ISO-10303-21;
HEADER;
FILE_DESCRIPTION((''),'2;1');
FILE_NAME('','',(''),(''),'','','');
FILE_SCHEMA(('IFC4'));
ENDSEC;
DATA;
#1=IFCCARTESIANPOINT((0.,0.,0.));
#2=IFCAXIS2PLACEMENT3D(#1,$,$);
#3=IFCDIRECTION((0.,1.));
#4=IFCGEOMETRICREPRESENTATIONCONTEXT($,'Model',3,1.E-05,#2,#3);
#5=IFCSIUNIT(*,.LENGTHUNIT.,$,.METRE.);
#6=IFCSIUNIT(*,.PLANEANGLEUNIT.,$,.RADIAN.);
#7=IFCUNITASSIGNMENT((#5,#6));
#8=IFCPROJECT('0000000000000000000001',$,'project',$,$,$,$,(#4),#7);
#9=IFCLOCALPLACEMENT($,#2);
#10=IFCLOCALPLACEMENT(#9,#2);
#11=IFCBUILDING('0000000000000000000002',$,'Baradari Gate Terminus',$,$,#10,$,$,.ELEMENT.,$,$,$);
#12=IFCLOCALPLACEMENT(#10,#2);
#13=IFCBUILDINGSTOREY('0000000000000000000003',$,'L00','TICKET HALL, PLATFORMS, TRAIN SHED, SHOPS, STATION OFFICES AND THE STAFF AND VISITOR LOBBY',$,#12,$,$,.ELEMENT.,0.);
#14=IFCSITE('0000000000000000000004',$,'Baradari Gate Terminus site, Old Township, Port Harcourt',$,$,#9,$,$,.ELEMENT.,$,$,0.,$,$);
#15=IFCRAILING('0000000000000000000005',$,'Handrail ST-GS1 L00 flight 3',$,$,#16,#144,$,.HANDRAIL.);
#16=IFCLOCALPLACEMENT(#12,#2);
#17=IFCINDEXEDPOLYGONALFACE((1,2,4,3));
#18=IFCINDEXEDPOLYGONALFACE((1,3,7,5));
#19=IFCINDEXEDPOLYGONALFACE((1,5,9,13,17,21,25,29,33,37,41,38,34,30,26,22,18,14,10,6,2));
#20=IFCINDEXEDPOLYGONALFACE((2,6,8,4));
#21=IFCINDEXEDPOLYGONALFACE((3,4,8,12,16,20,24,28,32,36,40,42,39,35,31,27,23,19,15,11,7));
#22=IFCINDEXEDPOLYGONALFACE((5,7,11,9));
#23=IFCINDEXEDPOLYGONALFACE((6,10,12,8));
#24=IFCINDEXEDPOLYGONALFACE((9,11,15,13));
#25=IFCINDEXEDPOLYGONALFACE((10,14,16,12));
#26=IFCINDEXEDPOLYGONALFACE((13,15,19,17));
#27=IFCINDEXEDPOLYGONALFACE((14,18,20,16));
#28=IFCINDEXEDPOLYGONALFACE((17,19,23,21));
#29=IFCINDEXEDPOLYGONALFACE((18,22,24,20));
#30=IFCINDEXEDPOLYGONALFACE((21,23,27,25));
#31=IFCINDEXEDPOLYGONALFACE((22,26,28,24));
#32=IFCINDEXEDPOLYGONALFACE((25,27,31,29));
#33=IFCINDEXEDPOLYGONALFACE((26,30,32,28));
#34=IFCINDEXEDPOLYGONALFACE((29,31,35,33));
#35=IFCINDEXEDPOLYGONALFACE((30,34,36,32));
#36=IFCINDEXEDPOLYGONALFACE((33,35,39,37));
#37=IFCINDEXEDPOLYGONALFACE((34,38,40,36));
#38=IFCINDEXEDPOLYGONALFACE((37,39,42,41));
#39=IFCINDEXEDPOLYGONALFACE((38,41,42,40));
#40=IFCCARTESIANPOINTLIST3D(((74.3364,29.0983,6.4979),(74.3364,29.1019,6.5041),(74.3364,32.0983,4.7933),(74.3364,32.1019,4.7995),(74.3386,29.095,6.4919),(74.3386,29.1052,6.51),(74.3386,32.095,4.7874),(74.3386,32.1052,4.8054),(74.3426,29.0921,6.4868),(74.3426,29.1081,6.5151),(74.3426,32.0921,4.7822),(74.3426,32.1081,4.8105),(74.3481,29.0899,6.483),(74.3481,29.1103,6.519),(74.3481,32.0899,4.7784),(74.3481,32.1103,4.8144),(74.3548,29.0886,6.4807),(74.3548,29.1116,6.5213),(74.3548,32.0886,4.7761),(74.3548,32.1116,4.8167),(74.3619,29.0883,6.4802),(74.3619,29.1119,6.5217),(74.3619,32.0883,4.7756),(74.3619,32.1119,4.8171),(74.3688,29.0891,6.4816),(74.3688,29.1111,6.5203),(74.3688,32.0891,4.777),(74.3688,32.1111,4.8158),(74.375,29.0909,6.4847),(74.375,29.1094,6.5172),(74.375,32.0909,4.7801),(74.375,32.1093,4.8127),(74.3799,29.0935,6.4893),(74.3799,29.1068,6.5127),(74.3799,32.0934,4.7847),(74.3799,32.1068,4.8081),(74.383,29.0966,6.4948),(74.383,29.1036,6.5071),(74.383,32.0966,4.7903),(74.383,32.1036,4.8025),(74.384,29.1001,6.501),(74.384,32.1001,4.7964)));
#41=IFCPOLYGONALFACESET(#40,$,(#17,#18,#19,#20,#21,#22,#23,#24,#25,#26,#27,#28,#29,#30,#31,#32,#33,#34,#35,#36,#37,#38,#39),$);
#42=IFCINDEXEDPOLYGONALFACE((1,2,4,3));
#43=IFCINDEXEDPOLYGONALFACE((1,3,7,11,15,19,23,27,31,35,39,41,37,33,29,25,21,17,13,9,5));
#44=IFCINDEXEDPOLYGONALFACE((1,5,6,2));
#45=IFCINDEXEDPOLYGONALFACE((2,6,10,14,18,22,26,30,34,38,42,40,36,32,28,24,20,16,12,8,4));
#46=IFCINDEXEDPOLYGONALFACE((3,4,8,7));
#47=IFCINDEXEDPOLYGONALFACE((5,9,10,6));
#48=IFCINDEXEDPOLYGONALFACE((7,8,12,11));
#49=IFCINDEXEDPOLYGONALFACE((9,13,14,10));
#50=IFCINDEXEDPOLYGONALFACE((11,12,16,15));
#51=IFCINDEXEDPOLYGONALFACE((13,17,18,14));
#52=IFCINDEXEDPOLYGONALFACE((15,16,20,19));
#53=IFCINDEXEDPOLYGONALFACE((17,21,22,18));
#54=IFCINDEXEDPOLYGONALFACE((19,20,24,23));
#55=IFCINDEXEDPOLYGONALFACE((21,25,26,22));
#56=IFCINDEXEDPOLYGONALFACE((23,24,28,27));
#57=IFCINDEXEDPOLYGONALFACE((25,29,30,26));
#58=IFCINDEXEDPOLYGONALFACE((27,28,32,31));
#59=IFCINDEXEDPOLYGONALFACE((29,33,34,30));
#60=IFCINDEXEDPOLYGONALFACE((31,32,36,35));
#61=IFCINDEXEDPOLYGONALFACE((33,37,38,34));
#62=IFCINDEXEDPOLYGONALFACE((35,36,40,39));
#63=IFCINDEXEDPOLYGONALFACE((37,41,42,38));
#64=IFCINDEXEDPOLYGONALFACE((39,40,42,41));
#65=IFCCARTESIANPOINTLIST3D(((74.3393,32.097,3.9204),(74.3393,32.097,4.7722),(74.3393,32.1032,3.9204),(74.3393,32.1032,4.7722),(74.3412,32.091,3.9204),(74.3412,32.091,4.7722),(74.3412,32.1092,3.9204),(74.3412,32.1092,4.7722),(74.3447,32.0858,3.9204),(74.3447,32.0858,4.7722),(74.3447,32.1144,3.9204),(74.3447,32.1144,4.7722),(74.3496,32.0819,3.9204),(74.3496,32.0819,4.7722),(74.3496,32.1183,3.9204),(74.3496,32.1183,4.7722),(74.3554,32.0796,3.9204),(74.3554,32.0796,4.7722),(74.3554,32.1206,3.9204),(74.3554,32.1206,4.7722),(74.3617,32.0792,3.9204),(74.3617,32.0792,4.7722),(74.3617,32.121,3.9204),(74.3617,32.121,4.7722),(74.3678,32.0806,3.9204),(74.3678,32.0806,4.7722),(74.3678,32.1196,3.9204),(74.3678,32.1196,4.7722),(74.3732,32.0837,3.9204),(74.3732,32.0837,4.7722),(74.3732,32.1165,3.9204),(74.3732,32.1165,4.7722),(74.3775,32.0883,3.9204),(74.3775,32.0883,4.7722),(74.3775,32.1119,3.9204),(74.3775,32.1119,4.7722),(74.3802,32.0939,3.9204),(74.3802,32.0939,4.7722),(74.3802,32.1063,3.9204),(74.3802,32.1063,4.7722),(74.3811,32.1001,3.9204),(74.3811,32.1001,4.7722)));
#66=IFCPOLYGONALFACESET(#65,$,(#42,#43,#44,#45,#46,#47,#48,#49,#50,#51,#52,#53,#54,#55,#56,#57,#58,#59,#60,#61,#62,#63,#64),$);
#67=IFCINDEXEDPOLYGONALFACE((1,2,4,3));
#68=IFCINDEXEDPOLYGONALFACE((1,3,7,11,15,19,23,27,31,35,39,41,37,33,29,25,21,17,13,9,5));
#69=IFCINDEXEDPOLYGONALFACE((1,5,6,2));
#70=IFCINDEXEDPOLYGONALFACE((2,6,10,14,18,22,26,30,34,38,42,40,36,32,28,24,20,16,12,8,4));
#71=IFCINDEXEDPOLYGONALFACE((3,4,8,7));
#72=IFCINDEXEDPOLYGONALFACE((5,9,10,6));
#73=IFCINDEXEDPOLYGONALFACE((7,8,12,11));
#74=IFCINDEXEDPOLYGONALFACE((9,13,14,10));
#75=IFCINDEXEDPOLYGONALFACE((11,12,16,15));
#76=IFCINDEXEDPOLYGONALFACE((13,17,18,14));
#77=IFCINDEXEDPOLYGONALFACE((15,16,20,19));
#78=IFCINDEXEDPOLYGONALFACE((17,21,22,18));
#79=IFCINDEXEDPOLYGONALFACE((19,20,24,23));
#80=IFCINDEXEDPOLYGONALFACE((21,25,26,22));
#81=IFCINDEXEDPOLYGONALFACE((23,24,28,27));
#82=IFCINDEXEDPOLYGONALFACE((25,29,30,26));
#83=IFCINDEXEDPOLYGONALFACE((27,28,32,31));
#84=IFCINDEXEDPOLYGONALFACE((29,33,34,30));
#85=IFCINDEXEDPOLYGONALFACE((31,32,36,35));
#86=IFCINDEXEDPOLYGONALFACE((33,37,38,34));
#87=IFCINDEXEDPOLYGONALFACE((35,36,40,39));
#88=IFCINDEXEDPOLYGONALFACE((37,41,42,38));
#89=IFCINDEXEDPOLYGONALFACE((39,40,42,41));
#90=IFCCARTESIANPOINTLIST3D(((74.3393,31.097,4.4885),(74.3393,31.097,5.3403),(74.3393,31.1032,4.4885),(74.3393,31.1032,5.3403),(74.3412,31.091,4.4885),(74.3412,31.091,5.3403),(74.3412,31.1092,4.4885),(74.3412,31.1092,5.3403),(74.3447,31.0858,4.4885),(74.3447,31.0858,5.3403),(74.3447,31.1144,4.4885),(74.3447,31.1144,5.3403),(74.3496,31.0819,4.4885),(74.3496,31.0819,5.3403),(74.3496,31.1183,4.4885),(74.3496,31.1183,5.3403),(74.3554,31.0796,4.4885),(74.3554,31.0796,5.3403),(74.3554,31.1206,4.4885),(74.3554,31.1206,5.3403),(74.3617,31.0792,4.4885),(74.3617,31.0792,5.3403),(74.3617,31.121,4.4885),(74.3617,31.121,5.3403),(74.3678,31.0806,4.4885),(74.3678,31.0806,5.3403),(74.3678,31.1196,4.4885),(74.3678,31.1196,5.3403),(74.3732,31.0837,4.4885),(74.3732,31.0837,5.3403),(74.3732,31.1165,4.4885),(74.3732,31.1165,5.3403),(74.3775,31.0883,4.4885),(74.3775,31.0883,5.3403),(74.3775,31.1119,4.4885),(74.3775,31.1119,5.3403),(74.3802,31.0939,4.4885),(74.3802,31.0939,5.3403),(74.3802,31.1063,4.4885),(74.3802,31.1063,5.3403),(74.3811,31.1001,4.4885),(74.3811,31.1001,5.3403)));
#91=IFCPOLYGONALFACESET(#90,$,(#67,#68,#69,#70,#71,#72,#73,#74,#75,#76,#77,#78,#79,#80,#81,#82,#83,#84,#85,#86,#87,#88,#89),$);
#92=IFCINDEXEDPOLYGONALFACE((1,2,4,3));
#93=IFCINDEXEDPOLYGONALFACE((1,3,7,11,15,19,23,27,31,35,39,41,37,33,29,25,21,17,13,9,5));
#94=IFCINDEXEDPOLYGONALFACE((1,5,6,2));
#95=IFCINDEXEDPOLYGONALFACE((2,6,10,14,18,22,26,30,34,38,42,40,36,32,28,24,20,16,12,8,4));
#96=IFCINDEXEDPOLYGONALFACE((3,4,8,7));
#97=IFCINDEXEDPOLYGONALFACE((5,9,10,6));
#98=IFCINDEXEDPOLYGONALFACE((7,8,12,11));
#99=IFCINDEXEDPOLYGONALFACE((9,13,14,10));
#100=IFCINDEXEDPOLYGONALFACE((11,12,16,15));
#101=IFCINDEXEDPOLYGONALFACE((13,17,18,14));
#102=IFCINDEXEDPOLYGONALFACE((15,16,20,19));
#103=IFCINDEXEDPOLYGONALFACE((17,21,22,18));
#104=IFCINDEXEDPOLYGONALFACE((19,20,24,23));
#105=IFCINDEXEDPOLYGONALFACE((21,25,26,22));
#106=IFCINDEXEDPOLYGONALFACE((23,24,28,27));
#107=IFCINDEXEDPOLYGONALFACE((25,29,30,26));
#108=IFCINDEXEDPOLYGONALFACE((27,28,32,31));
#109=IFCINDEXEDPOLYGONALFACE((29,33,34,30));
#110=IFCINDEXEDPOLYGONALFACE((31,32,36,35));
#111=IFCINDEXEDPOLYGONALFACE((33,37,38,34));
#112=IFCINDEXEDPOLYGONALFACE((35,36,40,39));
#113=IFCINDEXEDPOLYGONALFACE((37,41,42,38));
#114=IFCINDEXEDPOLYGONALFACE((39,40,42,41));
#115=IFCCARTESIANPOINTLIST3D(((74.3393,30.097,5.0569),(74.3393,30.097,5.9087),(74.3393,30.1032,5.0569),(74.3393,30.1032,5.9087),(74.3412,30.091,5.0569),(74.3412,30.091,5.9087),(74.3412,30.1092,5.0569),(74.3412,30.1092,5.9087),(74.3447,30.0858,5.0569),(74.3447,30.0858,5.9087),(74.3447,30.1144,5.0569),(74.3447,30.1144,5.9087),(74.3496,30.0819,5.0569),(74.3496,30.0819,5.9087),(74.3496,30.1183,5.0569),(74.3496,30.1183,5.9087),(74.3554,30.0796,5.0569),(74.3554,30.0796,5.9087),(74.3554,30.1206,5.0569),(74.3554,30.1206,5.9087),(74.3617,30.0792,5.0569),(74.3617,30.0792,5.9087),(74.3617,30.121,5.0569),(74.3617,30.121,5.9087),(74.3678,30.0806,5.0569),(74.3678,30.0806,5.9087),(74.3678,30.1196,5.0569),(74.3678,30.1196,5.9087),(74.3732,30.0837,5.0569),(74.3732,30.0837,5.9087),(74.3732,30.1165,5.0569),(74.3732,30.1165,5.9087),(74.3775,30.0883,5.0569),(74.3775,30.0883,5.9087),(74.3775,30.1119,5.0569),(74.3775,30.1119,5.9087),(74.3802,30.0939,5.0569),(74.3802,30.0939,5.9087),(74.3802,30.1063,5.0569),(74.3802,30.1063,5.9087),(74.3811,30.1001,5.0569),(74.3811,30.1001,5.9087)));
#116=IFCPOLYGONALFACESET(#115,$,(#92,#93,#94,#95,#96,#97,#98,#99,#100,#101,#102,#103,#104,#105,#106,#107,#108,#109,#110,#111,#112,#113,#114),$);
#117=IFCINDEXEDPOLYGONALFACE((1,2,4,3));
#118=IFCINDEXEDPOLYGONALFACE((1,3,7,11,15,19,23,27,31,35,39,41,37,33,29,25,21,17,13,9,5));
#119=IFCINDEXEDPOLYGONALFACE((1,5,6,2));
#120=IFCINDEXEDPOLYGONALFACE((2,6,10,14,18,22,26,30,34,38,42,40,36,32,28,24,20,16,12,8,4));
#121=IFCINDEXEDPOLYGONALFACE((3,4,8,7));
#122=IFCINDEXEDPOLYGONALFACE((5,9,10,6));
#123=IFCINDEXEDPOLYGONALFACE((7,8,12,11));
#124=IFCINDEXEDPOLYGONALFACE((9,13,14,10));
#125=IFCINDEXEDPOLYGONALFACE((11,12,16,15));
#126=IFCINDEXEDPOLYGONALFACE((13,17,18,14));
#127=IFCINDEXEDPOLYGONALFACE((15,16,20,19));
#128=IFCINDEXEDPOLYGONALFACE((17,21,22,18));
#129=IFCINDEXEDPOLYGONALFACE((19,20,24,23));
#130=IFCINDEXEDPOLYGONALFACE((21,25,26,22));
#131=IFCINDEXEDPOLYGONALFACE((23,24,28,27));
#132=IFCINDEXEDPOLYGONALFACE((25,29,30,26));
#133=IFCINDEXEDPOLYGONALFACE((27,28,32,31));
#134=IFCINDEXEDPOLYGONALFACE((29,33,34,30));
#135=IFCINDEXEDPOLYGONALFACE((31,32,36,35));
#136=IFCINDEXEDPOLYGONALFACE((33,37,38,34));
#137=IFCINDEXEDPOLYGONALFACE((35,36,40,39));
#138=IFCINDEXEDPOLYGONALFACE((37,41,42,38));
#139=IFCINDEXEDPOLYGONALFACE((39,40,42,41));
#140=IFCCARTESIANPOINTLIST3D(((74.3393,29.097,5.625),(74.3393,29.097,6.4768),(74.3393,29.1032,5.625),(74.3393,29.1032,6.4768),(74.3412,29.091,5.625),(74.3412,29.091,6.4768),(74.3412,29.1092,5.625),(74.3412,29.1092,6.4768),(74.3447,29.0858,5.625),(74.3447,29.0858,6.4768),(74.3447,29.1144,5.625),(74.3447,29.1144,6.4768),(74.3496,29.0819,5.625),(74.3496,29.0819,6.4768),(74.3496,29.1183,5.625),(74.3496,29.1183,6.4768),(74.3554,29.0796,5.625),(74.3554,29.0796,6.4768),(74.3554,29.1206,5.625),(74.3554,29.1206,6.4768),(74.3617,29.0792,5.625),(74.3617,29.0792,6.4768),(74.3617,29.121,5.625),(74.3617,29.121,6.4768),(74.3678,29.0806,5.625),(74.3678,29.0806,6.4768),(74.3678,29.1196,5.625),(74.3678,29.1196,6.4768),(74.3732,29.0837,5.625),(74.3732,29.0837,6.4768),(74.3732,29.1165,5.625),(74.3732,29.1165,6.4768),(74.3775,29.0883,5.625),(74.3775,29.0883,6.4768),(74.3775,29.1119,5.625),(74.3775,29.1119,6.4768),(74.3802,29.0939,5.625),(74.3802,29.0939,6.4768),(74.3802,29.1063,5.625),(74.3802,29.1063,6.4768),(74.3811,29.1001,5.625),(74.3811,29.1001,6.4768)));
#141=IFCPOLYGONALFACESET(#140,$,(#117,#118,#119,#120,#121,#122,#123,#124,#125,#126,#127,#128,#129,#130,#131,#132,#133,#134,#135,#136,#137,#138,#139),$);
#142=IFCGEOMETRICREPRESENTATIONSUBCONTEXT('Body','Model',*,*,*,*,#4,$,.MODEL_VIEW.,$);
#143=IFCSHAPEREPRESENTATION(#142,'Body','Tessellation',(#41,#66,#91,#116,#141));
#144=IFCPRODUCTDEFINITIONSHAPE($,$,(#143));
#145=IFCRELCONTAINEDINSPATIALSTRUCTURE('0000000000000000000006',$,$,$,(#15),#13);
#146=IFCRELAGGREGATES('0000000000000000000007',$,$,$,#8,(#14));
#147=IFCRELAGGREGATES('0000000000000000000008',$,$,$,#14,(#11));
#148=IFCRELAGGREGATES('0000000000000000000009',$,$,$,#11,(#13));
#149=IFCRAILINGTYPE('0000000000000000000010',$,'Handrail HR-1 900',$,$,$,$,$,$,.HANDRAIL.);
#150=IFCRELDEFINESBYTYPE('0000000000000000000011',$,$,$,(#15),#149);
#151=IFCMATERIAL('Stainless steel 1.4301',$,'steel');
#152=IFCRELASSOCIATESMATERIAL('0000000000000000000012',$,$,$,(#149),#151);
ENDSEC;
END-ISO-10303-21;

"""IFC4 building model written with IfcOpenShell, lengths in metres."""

from ifc_helpers import new_model, si_unit, direction, frame, origin, origin_2d, place, context, subcontext, project, spatial, circle, extrude, material, type_object, element, save


model = new_model("IFC4")

# Units and contexts
model_context = context("Model", 3, precision=1e-05, world=origin(), true_north=direction((0.0, 1.0)))
body_context = subcontext(model_context, "Body", "Model", "MODEL_VIEW")
ifc_project = project(units=[si_unit("LENGTHUNIT", "METRE"), si_unit("PLANEANGLEUNIT", "RADIAN")], contexts=[model_context])

# Site, building, storey
site_placement = place(None, origin())
site = spatial("IfcSite", under=ifc_project, at=site_placement, Name="Baradari Gate Terminus site, Old Township, Port Harcourt", CompositionType="ELEMENT", RefElevation=0.0)
building_placement = place(site_placement, origin())
building = spatial("IfcBuilding", under=site, at=building_placement, Name="Baradari Gate Terminus", CompositionType="ELEMENT")
storey_placement = place(building_placement, origin())
storey = spatial("IfcBuildingStorey", under=building, at=storey_placement, Name="L00", Description="TICKET HALL, PLATFORMS, TRAIN SHED, SHOPS, STATION OFFICES AND THE STAFF AND VISITOR LOBBY", CompositionType="ELEMENT", Elevation=0.0)

# Railing
ifc_material_1 = material(Name="Stainless steel 1.4301", Category="steel")
railing_type_1 = type_object("IfcRailingType", Name="Handrail HR-1 900", PredefinedType="HANDRAIL", material=ifc_material_1)
for number, where, name in (
    (1, (74.3601, 32.1001, 3.9204), "Handrail ST-GS1 L00 flight 3"),
):
    element("IfcRailing", number, at=place(storey_placement, frame(where)), inside=storey, type_object=railing_type_1, Name=name, PredefinedType="HANDRAIL", context=body_context, shape_type="SweptSolid", body=[
        extrude(circle(Radius=0.0239, at=origin_2d()), frame((0.0, 0.0, 0.876), z_axis=(0.0, -0.869451, 0.494019), x_axis=(1.0, 0.0, 0.0)), (0.0, 0.0, 1.0), 3.4504),
        extrude(circle(Radius=0.021, at=origin_2d()), origin(), (0.0, 0.0, 1.0), 0.8518),
        extrude(circle(Radius=0.021, at=origin_2d()), frame((0.0, -1.0, 0.5681)), (0.0, 0.0, 1.0), 0.8518),
        extrude(circle(Radius=0.021, at=origin_2d()), frame((0.0, -2.0, 1.1365)), (0.0, 0.0, 1.0), 0.8518),
        extrude(circle(Radius=0.021, at=origin_2d()), frame((0.0, -3.0, 1.7046)), (0.0, 0.0, 1.0), 0.8518),
    ])

save(model, "model.ifc")
